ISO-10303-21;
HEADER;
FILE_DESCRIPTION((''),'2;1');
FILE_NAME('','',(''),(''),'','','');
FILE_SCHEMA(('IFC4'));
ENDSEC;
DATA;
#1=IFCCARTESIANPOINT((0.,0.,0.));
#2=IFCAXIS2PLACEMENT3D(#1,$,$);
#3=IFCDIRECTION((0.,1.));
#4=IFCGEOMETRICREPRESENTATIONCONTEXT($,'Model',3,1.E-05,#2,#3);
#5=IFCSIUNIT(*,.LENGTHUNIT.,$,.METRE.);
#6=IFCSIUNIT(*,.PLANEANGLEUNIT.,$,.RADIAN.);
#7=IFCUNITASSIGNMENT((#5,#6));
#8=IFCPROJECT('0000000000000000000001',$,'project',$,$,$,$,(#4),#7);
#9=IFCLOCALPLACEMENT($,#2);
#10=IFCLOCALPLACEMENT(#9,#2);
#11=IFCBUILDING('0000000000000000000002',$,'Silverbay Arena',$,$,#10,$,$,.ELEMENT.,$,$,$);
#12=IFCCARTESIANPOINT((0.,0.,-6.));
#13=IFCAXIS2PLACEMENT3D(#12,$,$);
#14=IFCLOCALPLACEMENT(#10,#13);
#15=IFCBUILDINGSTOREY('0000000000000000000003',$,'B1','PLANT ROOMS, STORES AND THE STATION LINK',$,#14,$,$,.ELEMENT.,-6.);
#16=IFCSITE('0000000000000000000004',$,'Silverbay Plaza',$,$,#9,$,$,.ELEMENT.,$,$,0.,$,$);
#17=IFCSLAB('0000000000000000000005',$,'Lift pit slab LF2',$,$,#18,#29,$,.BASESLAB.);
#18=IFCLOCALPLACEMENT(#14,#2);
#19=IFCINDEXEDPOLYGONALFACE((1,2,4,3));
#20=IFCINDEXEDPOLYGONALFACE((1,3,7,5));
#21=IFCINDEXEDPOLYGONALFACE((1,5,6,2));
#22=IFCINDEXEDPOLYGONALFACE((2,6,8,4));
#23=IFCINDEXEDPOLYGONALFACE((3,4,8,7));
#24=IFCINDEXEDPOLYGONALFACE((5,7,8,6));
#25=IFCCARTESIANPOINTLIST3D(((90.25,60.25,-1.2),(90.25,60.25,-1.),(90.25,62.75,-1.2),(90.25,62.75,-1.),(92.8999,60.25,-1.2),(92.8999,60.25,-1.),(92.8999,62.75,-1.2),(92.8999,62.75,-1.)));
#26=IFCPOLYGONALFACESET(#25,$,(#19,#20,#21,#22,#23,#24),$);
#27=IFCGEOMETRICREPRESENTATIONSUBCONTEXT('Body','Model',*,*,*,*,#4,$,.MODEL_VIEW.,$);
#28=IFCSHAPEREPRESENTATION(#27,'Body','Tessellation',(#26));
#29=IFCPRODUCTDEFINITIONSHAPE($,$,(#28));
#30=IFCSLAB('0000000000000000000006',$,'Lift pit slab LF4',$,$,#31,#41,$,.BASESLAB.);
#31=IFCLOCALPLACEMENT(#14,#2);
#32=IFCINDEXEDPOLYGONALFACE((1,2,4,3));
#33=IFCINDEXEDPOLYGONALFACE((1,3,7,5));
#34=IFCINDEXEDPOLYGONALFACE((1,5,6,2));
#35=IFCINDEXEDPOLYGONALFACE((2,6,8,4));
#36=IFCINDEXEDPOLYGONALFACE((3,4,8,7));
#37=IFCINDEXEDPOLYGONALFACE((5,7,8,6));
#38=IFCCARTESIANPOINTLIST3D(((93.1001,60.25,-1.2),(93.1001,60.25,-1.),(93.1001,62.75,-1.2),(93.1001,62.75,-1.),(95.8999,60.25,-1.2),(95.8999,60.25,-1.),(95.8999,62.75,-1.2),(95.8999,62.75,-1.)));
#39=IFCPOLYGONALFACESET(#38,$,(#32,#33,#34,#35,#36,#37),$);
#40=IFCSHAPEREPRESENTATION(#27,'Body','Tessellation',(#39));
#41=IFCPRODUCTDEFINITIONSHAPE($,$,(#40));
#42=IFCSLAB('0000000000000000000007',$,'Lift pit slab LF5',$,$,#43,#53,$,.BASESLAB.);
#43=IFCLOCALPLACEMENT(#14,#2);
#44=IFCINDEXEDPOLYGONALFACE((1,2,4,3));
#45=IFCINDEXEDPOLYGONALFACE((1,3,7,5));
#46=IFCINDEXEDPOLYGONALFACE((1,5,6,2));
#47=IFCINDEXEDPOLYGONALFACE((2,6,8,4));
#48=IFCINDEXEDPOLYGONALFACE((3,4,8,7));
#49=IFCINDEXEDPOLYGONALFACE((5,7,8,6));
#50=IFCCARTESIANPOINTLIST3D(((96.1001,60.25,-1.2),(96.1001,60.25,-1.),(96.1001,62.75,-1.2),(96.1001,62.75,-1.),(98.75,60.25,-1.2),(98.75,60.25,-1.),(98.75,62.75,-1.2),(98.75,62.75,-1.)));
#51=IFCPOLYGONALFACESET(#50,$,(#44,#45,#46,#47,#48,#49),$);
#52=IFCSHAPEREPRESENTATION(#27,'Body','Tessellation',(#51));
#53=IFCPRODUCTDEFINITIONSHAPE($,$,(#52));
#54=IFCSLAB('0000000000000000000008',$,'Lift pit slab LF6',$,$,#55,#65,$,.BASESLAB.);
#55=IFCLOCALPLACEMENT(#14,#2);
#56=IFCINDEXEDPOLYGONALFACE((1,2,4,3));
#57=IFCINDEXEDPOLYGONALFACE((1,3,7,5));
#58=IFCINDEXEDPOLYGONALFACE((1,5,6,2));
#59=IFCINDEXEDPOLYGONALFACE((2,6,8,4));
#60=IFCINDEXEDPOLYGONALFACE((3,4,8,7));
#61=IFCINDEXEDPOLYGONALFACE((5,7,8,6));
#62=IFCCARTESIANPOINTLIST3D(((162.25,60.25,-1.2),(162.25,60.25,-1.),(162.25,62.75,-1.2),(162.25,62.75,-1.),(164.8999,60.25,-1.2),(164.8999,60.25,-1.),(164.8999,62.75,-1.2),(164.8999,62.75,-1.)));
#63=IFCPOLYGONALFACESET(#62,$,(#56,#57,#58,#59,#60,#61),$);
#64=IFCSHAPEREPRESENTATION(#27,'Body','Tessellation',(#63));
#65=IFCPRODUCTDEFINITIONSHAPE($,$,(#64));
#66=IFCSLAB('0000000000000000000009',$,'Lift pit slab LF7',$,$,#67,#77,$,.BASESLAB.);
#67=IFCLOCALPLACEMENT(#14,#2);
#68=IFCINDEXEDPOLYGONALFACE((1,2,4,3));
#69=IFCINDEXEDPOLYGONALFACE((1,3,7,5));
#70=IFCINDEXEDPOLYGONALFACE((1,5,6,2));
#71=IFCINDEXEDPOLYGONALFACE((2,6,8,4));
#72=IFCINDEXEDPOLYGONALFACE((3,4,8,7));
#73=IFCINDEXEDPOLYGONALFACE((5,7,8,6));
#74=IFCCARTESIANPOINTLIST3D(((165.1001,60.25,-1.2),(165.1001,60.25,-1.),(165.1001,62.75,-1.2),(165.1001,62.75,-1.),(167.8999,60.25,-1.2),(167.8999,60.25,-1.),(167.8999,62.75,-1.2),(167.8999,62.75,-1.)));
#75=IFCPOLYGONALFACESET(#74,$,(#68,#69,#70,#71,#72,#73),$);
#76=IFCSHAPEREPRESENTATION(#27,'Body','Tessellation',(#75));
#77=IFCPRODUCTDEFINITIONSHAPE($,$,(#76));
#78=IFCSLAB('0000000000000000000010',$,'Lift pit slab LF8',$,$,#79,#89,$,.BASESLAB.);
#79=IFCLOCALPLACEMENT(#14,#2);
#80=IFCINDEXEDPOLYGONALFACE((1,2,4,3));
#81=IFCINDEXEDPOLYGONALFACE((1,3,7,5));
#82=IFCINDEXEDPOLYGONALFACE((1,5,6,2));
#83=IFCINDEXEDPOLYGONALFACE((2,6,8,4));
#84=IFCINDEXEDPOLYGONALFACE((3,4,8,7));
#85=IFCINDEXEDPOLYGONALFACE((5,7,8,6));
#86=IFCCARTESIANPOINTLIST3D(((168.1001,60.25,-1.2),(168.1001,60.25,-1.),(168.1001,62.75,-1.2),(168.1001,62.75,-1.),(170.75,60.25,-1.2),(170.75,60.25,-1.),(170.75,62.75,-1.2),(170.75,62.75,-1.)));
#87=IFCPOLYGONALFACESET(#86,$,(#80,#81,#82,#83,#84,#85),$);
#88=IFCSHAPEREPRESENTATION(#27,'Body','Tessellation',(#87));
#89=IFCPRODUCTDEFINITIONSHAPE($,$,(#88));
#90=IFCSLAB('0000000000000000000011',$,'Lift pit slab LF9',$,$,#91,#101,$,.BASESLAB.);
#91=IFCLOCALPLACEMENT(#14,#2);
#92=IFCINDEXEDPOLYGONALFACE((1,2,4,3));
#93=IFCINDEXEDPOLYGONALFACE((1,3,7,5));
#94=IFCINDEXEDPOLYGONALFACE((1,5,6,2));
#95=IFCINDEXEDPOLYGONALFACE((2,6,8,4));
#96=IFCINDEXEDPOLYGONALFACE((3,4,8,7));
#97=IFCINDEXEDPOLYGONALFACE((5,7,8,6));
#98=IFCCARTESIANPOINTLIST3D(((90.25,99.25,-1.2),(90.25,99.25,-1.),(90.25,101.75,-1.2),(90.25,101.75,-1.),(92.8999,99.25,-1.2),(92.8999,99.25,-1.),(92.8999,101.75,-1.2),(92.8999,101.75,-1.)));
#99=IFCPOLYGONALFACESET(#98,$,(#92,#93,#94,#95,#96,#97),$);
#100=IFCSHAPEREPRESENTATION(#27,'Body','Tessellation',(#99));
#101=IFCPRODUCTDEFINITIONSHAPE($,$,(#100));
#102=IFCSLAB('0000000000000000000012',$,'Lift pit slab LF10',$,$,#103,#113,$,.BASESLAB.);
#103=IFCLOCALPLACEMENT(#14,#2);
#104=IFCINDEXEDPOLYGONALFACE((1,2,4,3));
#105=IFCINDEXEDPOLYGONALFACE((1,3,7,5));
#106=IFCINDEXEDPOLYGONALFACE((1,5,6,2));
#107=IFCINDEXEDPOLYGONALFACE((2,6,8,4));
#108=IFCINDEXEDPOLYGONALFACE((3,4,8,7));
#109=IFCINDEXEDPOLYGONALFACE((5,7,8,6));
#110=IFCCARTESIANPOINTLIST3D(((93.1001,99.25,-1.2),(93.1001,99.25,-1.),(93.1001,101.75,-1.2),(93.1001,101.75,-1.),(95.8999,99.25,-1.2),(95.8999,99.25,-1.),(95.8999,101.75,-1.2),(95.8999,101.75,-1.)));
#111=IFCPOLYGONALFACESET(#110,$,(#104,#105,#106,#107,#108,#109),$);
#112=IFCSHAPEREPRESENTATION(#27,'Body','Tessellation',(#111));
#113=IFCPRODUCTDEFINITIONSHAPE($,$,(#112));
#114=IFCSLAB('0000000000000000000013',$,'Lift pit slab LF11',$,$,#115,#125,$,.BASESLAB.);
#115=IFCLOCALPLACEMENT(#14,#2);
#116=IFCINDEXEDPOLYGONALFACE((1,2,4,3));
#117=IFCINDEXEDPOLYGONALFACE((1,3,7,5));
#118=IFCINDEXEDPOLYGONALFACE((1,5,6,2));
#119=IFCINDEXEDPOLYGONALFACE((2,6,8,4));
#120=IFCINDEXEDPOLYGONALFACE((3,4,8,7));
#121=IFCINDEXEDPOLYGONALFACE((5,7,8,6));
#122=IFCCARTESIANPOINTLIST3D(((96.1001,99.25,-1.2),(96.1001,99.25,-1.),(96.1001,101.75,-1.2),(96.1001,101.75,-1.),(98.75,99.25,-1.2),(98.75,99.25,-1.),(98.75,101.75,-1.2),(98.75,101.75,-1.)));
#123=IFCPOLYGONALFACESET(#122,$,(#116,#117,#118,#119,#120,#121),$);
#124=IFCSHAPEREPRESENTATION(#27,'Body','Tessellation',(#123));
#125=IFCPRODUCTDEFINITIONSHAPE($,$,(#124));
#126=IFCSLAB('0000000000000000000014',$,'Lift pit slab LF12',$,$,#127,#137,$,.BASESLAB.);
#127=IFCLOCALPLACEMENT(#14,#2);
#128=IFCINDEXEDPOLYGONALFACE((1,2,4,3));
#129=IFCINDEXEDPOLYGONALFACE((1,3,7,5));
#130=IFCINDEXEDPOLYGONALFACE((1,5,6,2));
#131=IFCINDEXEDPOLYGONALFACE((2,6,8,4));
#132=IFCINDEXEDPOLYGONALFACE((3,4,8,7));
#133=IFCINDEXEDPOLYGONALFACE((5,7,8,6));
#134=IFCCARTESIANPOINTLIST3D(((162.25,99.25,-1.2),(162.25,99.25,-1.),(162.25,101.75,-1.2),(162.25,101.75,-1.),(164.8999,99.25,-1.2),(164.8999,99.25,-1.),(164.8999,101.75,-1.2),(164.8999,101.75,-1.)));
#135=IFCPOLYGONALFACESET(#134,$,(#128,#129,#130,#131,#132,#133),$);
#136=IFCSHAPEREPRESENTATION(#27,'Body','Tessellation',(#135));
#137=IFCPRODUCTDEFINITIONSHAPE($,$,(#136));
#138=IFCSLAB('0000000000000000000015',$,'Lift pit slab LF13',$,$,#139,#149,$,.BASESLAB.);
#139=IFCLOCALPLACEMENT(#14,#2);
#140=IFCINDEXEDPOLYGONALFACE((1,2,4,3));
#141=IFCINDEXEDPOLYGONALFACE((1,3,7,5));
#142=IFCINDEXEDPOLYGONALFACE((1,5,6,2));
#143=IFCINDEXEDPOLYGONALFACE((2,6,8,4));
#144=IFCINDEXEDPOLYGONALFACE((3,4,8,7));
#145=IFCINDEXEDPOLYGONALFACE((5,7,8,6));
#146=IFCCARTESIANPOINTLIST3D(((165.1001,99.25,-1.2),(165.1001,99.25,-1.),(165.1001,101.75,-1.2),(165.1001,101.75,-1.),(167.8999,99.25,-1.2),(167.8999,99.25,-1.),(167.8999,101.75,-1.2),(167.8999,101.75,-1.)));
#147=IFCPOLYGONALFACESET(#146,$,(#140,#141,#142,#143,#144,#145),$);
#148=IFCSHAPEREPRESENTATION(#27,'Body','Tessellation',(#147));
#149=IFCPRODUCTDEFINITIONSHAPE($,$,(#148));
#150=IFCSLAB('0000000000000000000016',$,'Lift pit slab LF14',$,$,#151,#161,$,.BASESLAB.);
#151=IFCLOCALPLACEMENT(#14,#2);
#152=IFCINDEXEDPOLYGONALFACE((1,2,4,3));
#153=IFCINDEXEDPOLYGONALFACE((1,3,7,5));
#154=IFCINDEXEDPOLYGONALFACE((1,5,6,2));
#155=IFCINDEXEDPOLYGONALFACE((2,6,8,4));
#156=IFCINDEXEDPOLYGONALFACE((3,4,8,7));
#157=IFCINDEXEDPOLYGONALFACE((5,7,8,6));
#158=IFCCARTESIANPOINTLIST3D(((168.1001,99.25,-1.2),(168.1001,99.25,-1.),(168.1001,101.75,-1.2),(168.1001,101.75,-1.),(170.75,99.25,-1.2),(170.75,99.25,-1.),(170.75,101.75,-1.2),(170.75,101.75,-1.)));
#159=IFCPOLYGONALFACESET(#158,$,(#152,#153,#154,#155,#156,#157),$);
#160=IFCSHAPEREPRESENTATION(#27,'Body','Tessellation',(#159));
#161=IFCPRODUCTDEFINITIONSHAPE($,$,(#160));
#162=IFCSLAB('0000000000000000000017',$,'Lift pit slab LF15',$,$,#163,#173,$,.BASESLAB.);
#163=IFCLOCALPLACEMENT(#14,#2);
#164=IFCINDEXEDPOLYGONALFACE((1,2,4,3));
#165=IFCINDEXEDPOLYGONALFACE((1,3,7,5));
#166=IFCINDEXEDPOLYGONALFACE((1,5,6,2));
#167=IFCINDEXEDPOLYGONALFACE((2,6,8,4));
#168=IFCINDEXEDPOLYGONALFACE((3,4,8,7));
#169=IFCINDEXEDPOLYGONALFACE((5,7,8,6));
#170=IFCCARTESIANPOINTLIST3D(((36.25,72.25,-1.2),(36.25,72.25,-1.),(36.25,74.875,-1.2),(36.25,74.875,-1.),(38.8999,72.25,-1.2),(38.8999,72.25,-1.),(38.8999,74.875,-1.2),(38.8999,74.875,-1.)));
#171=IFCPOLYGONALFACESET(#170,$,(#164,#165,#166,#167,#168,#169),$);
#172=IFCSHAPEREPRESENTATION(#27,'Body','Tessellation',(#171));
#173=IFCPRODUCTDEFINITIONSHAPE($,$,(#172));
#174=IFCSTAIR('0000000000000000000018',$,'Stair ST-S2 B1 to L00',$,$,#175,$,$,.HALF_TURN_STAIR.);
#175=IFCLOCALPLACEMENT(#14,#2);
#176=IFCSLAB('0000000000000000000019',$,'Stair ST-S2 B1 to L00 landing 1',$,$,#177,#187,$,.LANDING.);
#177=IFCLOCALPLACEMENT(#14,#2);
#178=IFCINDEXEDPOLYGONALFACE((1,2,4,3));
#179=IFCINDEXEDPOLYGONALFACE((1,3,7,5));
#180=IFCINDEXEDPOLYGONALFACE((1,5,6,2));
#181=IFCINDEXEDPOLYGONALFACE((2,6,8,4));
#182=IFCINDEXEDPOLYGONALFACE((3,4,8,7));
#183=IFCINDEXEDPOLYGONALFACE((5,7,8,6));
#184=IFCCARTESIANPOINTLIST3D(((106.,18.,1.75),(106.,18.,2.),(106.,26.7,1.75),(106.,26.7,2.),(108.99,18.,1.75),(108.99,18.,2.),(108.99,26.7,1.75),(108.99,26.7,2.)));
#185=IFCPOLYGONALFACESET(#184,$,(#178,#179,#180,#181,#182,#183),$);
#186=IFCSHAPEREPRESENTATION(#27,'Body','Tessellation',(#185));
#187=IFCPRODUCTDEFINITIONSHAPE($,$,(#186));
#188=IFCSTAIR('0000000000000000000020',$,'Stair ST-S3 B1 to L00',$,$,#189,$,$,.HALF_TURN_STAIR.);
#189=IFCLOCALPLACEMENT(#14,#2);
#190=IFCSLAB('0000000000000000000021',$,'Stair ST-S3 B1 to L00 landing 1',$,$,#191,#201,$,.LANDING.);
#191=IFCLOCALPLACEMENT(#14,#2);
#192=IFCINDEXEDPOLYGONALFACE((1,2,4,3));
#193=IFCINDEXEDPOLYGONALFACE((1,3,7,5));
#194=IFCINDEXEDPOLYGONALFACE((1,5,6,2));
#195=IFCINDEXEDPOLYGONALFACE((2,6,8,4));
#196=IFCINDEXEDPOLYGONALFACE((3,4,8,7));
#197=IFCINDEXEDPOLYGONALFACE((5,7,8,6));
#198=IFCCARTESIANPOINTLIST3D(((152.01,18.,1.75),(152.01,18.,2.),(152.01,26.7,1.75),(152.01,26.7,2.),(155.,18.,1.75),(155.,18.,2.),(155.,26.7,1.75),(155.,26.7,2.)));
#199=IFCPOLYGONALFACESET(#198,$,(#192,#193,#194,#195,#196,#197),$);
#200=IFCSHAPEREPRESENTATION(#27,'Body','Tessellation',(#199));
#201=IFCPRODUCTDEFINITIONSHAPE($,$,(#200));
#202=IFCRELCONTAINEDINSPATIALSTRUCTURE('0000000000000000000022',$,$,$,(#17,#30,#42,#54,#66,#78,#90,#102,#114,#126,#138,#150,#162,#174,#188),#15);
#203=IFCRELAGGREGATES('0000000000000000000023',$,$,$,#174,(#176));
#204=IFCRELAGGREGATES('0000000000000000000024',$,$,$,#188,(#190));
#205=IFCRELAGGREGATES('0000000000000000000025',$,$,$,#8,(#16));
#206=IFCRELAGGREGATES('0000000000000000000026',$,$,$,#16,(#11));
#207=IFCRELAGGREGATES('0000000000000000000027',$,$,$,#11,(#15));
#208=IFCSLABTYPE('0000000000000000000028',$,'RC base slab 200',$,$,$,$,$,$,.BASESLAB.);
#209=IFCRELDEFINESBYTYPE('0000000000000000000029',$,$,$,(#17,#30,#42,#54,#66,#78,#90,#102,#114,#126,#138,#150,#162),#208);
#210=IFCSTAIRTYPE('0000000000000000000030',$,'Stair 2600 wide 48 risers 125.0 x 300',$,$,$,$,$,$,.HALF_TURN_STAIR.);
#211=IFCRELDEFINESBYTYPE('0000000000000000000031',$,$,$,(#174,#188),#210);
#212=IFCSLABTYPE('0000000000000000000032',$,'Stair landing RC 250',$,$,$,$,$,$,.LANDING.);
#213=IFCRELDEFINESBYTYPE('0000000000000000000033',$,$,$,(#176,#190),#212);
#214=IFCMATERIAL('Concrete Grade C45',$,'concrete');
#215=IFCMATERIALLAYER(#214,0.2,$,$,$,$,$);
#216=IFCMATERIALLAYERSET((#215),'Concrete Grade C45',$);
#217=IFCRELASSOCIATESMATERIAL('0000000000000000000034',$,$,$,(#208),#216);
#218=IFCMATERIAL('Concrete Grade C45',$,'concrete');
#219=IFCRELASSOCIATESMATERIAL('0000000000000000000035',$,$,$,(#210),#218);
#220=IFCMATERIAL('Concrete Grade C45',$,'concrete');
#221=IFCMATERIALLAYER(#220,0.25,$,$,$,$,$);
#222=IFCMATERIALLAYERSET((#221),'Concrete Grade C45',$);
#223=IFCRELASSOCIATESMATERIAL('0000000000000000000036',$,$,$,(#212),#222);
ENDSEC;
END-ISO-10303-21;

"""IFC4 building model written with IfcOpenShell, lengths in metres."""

from ifc_helpers import new_model, si_unit, direction, frame, origin, place, context, subcontext, project, spatial, polyline, outline, extrude, material, layer, layer_set, type_object, element, aggregate, save


model = new_model("IFC4")

# Units and contexts
model_context = context("Model", 3, precision=1e-05, world=origin(), true_north=direction((0.0, 1.0)))
body_context = subcontext(model_context, "Body", "Model", "MODEL_VIEW")
ifc_project = project(units=[si_unit("LENGTHUNIT", "METRE"), si_unit("PLANEANGLEUNIT", "RADIAN")], contexts=[model_context])

# Site, building, storey
site_placement = place(None, origin())
site = spatial("IfcSite", under=ifc_project, at=site_placement, Name="Silverbay Plaza", CompositionType="ELEMENT", RefElevation=0.0)
building_placement = place(site_placement, origin())
building = spatial("IfcBuilding", under=site, at=building_placement, Name="Silverbay Arena", CompositionType="ELEMENT")
storey_placement = place(building_placement, frame((0.0, 0.0, -6.0)))
storey = spatial("IfcBuildingStorey", under=building, at=storey_placement, Name="B1", Description="PLANT ROOMS, STORES AND THE STATION LINK", CompositionType="ELEMENT", Elevation=-6.0)

# Slabs
ifc_material_1 = material(Name="Concrete Grade C45", Category="concrete")
ifc_layer_1 = layer(ifc_material_1, 0.2)
ifc_layer_set_1 = layer_set([ifc_layer_1], Name="Concrete Grade C45")
slab_type_1 = type_object("IfcSlabType", Name="RC base slab 200", PredefinedType="BASESLAB", material=ifc_layer_set_1)
slab_1_placement = place(storey_placement, frame((0.0, 0.0, -1.2)))
element("IfcSlab", 1, at=slab_1_placement, inside=storey, type_object=slab_type_1, Name="Lift pit slab LF2", PredefinedType="BASESLAB", context=body_context, shape_type="SweptSolid", body=[
    extrude(outline(polyline([(90.25, 60.25), (92.8999, 60.25), (92.8999, 62.75), (90.25, 62.75), (90.25, 60.25)])), origin(), (0.0, 0.0, 1.0), 0.2),
])
slab_2_placement = place(storey_placement, frame((0.0, 0.0, -1.2)))
element("IfcSlab", 2, at=slab_2_placement, inside=storey, type_object=slab_type_1, Name="Lift pit slab LF4", PredefinedType="BASESLAB", context=body_context, shape_type="SweptSolid", body=[
    extrude(outline(polyline([(93.1001, 60.25), (95.8999, 60.25), (95.8999, 62.75), (93.1001, 62.75), (93.1001, 60.25)])), origin(), (0.0, 0.0, 1.0), 0.2),
])
slab_3_placement = place(storey_placement, frame((0.0, 0.0, -1.2)))
element("IfcSlab", 3, at=slab_3_placement, inside=storey, type_object=slab_type_1, Name="Lift pit slab LF5", PredefinedType="BASESLAB", context=body_context, shape_type="SweptSolid", body=[
    extrude(outline(polyline([(96.1001, 60.25), (98.75, 60.25), (98.75, 62.75), (96.1001, 62.75), (96.1001, 60.25)])), origin(), (0.0, 0.0, 1.0), 0.2),
])
slab_4_placement = place(storey_placement, frame((0.0, 0.0, -1.2)))
element("IfcSlab", 4, at=slab_4_placement, inside=storey, type_object=slab_type_1, Name="Lift pit slab LF6", PredefinedType="BASESLAB", context=body_context, shape_type="SweptSolid", body=[
    extrude(outline(polyline([(162.25, 60.25), (164.8999, 60.25), (164.8999, 62.75), (162.25, 62.75), (162.25, 60.25)])), origin(), (0.0, 0.0, 1.0), 0.2),
])
slab_5_placement = place(storey_placement, frame((0.0, 0.0, -1.2)))
element("IfcSlab", 5, at=slab_5_placement, inside=storey, type_object=slab_type_1, Name="Lift pit slab LF7", PredefinedType="BASESLAB", context=body_context, shape_type="SweptSolid", body=[
    extrude(outline(polyline([(165.1001, 60.25), (167.8999, 60.25), (167.8999, 62.75), (165.1001, 62.75), (165.1001, 60.25)])), origin(), (0.0, 0.0, 1.0), 0.2),
])
slab_6_placement = place(storey_placement, frame((0.0, 0.0, -1.2)))
element("IfcSlab", 6, at=slab_6_placement, inside=storey, type_object=slab_type_1, Name="Lift pit slab LF8", PredefinedType="BASESLAB", context=body_context, shape_type="SweptSolid", body=[
    extrude(outline(polyline([(168.1001, 60.25), (170.75, 60.25), (170.75, 62.75), (168.1001, 62.75), (168.1001, 60.25)])), origin(), (0.0, 0.0, 1.0), 0.2),
])
slab_7_placement = place(storey_placement, frame((0.0, 0.0, -1.2)))
element("IfcSlab", 7, at=slab_7_placement, inside=storey, type_object=slab_type_1, Name="Lift pit slab LF9", PredefinedType="BASESLAB", context=body_context, shape_type="SweptSolid", body=[
    extrude(outline(polyline([(90.25, 99.25), (92.8999, 99.25), (92.8999, 101.75), (90.25, 101.75), (90.25, 99.25)])), origin(), (0.0, 0.0, 1.0), 0.2),
])
slab_8_placement = place(storey_placement, frame((0.0, 0.0, -1.2)))
element("IfcSlab", 8, at=slab_8_placement, inside=storey, type_object=slab_type_1, Name="Lift pit slab LF10", PredefinedType="BASESLAB", context=body_context, shape_type="SweptSolid", body=[
    extrude(outline(polyline([(93.1001, 99.25), (95.8999, 99.25), (95.8999, 101.75), (93.1001, 101.75), (93.1001, 99.25)])), origin(), (0.0, 0.0, 1.0), 0.2),
])
slab_9_placement = place(storey_placement, frame((0.0, 0.0, -1.2)))
element("IfcSlab", 9, at=slab_9_placement, inside=storey, type_object=slab_type_1, Name="Lift pit slab LF11", PredefinedType="BASESLAB", context=body_context, shape_type="SweptSolid", body=[
    extrude(outline(polyline([(96.1001, 99.25), (98.75, 99.25), (98.75, 101.75), (96.1001, 101.75), (96.1001, 99.25)])), origin(), (0.0, 0.0, 1.0), 0.2),
])
slab_10_placement = place(storey_placement, frame((0.0, 0.0, -1.2)))
element("IfcSlab", 10, at=slab_10_placement, inside=storey, type_object=slab_type_1, Name="Lift pit slab LF12", PredefinedType="BASESLAB", context=body_context, shape_type="SweptSolid", body=[
    extrude(outline(polyline([(162.25, 99.25), (164.8999, 99.25), (164.8999, 101.75), (162.25, 101.75), (162.25, 99.25)])), origin(), (0.0, 0.0, 1.0), 0.2),
])
slab_11_placement = place(storey_placement, frame((0.0, 0.0, -1.2)))
element("IfcSlab", 11, at=slab_11_placement, inside=storey, type_object=slab_type_1, Name="Lift pit slab LF13", PredefinedType="BASESLAB", context=body_context, shape_type="SweptSolid", body=[
    extrude(outline(polyline([(165.1001, 99.25), (167.8999, 99.25), (167.8999, 101.75), (165.1001, 101.75), (165.1001, 99.25)])), origin(), (0.0, 0.0, 1.0), 0.2),
])
slab_12_placement = place(storey_placement, frame((0.0, 0.0, -1.2)))
element("IfcSlab", 12, at=slab_12_placement, inside=storey, type_object=slab_type_1, Name="Lift pit slab LF14", PredefinedType="BASESLAB", context=body_context, shape_type="SweptSolid", body=[
    extrude(outline(polyline([(168.1001, 99.25), (170.75, 99.25), (170.75, 101.75), (168.1001, 101.75), (168.1001, 99.25)])), origin(), (0.0, 0.0, 1.0), 0.2),
])
slab_13_placement = place(storey_placement, frame((0.0, 0.0, -1.2)))
element("IfcSlab", 13, at=slab_13_placement, inside=storey, type_object=slab_type_1, Name="Lift pit slab LF15", PredefinedType="BASESLAB", context=body_context, shape_type="SweptSolid", body=[
    extrude(outline(polyline([(36.25, 72.25), (38.8999, 72.25), (38.8999, 74.875), (36.25, 74.875), (36.25, 72.25)])), origin(), (0.0, 0.0, 1.0), 0.2),
])

# Stairs, slabs
ifc_material_2 = material(Name="Concrete Grade C45", Category="concrete")
stair_type_1 = type_object("IfcStairType", Name="Stair 2600 wide 48 risers 125.0 x 300", PredefinedType="HALF_TURN_STAIR", material=ifc_material_2)
stair_1_placement = place(storey_placement, origin())
stair_1 = element("IfcStair", 14, at=stair_1_placement, inside=storey, type_object=stair_type_1, Name="Stair ST-S2 B1 to L00", PredefinedType="HALF_TURN_STAIR")
ifc_material_3 = material(Name="Concrete Grade C45", Category="concrete")
ifc_layer_2 = layer(ifc_material_3, 0.25)
ifc_layer_set_2 = layer_set([ifc_layer_2], Name="Concrete Grade C45")
slab_type_2 = type_object("IfcSlabType", Name="Stair landing RC 250", PredefinedType="LANDING", material=ifc_layer_set_2)
slab_14_placement = place(storey_placement, frame((0.0, 0.0, 1.75)))
slab_14 = element("IfcSlab", 15, at=slab_14_placement, type_object=slab_type_2, Name="Stair ST-S2 B1 to L00 landing 1", PredefinedType="LANDING", context=body_context, shape_type="SweptSolid", body=[
    extrude(outline(polyline([(108.99, 26.7), (106.0, 26.7), (106.0, 18.0), (108.99, 18.0), (108.99, 26.7)])), origin(), (0.0, 0.0, 1.0), 0.25),
])
aggregate(stair_1, [slab_14])
stair_2_placement = place(storey_placement, origin())
stair_2 = element("IfcStair", 16, at=stair_2_placement, inside=storey, type_object=stair_type_1, Name="Stair ST-S3 B1 to L00", PredefinedType="HALF_TURN_STAIR")
slab_15_placement = place(storey_placement, frame((0.0, 0.0, 1.75)))
slab_15 = element("IfcSlab", 17, at=slab_15_placement, type_object=slab_type_2, Name="Stair ST-S3 B1 to L00 landing 1", PredefinedType="LANDING", context=body_context, shape_type="SweptSolid", body=[
    extrude(outline(polyline([(152.01, 26.7), (155.0, 26.7), (155.0, 18.0), (152.01, 18.0), (152.01, 26.7)])), origin(), (0.0, 0.0, 1.0), 0.25),
])
aggregate(stair_2, [slab_15])

save(model, "model.ifc")
